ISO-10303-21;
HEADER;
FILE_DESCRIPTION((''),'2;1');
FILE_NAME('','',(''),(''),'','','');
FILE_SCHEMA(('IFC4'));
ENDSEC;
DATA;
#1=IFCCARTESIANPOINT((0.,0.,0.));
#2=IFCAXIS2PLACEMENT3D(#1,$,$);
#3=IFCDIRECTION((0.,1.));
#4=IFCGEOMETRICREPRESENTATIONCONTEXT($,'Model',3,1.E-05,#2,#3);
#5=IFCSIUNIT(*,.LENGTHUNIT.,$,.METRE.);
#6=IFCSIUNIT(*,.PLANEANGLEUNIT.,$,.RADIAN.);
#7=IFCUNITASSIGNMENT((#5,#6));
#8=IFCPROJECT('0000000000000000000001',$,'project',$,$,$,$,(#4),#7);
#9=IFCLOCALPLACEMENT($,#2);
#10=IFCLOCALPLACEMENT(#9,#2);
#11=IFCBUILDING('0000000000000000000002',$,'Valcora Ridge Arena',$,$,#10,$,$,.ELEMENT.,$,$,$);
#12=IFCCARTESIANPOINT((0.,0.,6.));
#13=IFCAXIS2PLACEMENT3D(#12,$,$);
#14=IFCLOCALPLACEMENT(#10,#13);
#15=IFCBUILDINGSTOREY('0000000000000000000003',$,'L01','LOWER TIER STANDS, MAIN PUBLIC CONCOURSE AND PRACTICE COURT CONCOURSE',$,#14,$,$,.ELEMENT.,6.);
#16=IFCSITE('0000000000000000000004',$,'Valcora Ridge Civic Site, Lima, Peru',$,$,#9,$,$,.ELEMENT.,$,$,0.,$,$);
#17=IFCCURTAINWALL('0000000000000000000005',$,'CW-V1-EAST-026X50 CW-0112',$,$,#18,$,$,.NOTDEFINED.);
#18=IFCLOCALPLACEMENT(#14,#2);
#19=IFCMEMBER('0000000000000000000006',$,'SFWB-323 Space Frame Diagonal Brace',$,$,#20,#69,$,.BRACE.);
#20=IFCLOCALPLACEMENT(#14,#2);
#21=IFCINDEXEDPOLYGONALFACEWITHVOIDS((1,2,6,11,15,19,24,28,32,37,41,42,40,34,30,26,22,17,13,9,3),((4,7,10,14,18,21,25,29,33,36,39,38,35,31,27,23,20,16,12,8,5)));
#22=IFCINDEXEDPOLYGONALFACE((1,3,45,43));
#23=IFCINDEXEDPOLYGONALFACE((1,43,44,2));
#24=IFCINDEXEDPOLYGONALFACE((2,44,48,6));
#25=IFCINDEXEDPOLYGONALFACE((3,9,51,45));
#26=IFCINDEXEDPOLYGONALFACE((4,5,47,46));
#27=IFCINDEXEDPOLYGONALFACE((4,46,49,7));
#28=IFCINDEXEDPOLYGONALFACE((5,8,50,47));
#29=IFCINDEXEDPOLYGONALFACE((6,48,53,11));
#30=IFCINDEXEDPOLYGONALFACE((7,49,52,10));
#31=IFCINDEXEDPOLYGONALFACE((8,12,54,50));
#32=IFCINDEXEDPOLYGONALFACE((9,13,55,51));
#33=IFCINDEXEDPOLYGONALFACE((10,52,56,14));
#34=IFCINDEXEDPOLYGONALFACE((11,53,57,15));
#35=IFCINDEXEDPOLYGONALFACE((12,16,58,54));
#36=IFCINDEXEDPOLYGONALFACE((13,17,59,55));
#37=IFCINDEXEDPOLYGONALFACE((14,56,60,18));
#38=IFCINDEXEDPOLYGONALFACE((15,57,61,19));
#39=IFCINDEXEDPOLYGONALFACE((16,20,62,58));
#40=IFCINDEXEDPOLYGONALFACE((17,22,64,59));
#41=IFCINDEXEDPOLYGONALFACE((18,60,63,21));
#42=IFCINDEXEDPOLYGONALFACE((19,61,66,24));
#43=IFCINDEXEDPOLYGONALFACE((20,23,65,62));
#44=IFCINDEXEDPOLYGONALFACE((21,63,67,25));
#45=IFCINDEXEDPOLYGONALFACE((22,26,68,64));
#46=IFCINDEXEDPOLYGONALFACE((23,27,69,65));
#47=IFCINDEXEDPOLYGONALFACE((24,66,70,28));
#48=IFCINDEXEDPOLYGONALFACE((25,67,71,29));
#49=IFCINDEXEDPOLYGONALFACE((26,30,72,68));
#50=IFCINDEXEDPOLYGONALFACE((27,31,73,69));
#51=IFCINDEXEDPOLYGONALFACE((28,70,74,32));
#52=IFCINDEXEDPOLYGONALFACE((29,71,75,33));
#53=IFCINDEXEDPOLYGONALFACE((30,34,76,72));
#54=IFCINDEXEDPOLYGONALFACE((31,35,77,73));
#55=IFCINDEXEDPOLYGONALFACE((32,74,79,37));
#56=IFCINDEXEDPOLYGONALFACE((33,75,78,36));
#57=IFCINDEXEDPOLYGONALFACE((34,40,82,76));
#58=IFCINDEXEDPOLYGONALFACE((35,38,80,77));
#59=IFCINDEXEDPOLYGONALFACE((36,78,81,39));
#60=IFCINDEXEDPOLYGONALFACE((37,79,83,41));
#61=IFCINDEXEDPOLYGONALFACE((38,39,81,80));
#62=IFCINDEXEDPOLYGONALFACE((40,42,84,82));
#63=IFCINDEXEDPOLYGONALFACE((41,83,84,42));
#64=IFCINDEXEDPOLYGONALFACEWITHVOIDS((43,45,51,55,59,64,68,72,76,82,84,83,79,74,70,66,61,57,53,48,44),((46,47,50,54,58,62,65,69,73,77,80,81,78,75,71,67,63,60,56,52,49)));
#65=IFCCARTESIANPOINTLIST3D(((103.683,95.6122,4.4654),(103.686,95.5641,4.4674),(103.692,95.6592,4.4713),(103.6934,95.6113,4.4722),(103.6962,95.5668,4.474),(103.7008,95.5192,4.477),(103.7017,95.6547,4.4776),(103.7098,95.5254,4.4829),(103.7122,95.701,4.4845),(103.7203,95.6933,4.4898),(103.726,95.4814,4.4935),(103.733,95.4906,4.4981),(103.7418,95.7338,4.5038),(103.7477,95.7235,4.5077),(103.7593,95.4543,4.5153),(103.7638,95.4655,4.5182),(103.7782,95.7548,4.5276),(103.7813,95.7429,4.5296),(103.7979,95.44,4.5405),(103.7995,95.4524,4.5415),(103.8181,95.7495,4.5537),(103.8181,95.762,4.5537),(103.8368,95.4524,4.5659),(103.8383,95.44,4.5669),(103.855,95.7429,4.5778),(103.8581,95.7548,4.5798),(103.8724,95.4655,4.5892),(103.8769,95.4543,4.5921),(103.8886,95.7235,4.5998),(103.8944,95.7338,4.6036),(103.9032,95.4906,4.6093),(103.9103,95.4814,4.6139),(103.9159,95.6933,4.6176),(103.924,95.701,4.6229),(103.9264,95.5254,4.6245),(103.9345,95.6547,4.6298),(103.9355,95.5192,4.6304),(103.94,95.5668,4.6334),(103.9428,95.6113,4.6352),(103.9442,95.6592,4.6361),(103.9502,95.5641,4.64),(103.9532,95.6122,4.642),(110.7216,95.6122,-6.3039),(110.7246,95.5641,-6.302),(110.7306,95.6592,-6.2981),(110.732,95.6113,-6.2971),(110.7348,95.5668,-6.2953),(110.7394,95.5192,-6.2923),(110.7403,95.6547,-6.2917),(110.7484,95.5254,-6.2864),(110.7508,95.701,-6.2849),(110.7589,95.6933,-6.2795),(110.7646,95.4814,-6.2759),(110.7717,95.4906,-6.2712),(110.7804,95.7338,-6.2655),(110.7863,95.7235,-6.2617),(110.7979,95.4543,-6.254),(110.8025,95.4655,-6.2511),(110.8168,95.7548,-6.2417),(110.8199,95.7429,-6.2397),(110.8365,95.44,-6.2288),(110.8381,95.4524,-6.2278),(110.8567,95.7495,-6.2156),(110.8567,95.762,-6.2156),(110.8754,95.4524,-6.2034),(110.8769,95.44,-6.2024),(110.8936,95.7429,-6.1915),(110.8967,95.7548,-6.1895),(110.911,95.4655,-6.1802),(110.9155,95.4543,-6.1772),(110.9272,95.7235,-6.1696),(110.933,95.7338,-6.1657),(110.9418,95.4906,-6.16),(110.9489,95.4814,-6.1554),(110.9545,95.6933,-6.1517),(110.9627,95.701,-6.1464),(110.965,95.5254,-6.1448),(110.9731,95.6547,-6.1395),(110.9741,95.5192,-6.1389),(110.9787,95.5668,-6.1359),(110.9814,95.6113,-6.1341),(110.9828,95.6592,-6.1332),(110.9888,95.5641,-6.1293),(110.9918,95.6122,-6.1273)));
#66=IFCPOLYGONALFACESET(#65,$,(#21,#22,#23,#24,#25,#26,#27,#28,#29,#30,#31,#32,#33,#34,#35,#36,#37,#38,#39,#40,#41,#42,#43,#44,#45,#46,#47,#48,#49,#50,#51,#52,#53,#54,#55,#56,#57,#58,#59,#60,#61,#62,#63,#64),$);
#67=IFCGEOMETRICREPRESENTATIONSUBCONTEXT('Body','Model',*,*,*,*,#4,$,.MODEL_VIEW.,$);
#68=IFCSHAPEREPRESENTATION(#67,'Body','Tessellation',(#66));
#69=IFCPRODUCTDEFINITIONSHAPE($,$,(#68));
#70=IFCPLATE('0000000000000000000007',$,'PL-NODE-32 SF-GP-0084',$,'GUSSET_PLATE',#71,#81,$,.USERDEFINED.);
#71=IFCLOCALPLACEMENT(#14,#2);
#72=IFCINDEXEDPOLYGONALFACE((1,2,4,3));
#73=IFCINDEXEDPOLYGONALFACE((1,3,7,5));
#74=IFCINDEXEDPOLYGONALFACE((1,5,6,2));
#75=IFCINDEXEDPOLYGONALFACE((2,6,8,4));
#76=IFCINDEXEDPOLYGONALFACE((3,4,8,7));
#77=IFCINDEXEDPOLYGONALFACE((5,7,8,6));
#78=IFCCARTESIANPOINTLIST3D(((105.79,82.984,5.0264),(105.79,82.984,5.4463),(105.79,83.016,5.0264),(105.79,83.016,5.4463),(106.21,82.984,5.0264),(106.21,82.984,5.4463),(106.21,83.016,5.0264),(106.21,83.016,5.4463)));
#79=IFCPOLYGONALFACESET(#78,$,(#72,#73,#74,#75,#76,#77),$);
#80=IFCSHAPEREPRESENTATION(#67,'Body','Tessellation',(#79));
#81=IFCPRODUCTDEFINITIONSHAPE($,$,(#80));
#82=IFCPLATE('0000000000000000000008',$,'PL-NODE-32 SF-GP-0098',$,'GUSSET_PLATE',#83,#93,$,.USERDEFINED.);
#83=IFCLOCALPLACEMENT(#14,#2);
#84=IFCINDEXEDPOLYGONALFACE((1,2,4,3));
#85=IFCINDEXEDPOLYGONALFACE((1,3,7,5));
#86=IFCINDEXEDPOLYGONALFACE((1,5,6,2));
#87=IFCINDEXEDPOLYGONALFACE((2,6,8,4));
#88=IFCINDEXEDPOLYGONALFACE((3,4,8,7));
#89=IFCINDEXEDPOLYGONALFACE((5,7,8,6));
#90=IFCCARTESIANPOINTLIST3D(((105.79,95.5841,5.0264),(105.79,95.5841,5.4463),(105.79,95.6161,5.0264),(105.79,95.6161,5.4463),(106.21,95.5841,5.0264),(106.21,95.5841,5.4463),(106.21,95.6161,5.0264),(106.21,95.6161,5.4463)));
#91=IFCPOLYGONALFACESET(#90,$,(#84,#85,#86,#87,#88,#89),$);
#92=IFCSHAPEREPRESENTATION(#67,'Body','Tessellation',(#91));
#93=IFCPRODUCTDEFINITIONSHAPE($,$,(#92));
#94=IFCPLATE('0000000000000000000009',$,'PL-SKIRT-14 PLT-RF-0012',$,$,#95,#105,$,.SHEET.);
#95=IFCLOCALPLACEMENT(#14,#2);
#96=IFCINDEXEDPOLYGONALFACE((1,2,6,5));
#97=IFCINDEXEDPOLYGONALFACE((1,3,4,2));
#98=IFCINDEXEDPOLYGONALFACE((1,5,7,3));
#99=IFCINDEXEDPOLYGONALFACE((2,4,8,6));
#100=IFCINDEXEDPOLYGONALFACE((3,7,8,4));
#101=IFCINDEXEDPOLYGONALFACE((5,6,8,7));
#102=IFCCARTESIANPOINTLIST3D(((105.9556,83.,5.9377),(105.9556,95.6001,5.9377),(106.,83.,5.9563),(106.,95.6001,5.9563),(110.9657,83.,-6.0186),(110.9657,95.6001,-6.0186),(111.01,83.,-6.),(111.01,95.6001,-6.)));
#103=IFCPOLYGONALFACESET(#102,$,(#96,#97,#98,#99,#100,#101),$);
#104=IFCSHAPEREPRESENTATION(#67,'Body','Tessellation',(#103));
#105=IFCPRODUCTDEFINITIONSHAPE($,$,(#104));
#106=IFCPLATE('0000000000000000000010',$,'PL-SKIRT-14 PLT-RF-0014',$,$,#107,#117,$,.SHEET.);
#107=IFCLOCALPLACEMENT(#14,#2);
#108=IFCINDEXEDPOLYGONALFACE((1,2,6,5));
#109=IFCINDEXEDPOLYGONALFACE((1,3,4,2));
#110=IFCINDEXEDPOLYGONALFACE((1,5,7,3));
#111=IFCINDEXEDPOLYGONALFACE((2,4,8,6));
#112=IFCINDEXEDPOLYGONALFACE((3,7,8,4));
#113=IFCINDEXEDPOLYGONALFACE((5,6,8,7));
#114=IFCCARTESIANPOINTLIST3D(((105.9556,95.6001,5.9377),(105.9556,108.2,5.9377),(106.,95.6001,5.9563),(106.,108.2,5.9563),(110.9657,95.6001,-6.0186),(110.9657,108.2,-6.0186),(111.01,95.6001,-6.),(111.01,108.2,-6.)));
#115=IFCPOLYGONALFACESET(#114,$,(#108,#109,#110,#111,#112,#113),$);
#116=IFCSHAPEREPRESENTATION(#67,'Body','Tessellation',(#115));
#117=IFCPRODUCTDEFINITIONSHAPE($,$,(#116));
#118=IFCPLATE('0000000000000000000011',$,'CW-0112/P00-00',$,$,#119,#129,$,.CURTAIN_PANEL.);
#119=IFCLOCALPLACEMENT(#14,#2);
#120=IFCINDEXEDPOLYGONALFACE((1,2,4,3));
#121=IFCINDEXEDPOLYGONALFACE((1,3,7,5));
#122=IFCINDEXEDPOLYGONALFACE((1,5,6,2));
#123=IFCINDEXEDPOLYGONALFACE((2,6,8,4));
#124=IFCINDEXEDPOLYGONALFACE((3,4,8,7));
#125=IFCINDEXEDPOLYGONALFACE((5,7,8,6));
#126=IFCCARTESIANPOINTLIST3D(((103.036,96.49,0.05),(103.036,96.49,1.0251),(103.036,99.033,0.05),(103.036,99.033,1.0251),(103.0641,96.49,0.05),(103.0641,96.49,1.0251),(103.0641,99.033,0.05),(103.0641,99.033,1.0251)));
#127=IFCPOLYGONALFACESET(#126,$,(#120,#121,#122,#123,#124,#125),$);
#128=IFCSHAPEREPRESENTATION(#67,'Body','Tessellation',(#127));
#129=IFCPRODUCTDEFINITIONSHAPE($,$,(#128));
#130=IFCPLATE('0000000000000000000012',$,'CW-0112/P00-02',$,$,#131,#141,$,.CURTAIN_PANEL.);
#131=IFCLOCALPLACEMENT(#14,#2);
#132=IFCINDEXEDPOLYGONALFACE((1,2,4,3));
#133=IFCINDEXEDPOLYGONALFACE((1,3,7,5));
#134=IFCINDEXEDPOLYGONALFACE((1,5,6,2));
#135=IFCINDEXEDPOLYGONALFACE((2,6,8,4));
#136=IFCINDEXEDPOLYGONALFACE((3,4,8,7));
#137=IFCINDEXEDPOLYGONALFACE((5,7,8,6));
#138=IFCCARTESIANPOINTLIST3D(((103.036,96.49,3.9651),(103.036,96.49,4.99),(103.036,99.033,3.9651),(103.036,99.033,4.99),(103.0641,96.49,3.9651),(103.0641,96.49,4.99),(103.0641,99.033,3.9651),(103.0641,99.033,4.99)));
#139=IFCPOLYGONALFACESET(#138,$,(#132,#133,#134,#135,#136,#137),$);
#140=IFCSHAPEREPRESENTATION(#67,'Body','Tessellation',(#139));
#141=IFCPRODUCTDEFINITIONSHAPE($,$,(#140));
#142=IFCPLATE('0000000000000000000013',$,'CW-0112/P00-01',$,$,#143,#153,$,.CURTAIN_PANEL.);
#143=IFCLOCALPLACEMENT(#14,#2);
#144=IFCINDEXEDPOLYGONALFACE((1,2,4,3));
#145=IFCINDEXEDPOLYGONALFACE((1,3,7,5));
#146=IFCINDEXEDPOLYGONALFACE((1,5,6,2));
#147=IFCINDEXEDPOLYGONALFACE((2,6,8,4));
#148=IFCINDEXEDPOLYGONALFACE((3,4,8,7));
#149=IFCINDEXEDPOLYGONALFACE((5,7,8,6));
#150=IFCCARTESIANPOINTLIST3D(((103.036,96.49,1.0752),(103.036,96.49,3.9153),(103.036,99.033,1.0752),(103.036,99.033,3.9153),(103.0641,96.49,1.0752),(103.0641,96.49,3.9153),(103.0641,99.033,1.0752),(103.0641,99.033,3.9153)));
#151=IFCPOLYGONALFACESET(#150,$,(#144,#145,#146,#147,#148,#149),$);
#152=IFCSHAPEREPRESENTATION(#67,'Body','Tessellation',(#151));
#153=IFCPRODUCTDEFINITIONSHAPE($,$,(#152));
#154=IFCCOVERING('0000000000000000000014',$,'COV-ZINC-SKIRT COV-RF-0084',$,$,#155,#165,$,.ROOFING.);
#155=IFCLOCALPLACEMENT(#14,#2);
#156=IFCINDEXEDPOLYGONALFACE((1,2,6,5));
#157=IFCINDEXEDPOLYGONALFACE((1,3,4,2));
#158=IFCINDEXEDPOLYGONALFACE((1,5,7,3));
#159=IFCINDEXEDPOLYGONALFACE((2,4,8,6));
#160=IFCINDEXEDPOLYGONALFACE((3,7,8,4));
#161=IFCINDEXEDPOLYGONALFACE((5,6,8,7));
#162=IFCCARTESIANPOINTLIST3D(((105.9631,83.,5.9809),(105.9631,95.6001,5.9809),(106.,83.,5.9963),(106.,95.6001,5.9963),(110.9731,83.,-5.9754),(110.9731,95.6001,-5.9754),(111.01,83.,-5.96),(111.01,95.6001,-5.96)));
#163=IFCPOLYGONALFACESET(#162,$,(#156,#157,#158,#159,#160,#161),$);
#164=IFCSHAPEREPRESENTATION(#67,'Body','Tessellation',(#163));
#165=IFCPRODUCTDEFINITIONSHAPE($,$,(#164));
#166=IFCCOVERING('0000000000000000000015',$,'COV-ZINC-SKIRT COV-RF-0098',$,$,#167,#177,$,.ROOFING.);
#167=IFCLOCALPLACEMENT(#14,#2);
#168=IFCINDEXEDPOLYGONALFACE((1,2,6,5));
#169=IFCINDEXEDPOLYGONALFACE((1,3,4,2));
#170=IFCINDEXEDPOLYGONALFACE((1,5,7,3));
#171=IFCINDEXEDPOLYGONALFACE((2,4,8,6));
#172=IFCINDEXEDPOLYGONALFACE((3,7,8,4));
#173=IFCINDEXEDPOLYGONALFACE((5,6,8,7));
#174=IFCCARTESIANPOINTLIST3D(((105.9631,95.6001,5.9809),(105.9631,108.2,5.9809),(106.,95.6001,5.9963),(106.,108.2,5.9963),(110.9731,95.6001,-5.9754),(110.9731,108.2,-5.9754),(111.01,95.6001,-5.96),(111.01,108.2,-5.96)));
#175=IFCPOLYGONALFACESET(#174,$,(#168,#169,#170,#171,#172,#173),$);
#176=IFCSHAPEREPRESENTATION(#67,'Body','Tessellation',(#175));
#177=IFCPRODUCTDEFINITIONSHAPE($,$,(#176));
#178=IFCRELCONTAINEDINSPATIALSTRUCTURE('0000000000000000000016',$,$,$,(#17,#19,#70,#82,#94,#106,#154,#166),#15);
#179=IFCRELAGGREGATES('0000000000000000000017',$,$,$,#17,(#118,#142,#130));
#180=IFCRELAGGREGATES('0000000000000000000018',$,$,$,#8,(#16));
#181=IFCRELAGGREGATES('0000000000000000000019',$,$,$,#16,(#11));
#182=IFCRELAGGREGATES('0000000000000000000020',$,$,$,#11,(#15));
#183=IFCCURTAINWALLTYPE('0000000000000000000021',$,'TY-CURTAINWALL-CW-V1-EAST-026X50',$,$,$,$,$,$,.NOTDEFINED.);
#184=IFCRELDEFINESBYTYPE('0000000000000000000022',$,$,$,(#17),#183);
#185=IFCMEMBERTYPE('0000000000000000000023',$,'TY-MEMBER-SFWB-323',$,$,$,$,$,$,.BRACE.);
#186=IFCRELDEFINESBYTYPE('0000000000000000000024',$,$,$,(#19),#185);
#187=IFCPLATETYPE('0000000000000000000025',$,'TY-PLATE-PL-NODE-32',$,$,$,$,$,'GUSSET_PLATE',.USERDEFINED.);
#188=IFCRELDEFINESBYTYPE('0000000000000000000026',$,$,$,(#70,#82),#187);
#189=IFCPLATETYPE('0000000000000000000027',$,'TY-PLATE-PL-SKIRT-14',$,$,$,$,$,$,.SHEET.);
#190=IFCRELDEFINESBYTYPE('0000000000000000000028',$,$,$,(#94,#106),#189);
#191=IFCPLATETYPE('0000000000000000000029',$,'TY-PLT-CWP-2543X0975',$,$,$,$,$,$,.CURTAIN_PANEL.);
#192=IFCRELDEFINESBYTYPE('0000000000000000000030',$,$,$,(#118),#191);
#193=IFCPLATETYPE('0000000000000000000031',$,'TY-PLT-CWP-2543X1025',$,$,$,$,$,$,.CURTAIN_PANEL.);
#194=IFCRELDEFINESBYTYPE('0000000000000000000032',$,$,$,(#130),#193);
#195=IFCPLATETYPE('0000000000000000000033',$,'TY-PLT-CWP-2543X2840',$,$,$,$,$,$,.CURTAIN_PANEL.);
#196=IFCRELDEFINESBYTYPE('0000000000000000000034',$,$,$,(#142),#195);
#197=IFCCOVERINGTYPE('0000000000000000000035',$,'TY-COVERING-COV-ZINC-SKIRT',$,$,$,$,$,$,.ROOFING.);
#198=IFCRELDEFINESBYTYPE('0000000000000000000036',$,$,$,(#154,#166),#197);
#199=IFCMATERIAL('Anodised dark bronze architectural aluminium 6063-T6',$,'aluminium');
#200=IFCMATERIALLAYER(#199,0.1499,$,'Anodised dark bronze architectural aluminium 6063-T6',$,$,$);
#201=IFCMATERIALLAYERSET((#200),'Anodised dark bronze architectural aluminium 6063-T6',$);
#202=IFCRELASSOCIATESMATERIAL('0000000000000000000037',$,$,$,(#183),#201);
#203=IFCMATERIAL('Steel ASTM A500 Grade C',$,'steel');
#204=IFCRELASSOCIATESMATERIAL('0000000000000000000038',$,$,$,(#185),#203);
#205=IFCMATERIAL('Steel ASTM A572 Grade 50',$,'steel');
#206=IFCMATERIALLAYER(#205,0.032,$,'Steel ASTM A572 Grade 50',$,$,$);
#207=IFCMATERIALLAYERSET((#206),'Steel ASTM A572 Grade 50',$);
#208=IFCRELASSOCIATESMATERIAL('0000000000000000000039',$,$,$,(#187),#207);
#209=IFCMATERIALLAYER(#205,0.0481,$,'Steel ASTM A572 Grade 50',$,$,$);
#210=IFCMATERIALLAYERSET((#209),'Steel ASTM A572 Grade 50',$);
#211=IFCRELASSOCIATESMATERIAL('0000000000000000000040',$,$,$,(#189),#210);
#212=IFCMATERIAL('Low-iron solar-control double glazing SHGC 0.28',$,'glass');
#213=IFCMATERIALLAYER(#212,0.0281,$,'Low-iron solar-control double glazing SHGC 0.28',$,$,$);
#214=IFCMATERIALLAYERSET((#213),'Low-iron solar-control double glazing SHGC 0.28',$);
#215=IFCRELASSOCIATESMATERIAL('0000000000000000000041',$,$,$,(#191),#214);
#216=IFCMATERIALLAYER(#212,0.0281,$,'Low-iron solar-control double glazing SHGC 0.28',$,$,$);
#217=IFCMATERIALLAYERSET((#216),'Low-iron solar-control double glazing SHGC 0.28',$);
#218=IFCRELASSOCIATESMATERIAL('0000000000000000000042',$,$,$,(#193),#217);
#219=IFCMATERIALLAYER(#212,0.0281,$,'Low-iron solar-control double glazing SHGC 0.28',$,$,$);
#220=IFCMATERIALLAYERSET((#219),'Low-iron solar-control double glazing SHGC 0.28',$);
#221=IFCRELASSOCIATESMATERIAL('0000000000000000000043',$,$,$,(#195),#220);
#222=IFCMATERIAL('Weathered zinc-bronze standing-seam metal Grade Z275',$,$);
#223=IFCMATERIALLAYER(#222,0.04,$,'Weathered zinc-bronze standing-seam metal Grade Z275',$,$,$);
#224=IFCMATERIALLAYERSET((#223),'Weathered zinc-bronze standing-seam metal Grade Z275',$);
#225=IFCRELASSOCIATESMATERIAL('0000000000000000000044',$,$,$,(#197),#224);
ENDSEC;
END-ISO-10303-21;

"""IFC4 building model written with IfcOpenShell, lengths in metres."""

from ifc_helpers import new_model, si_unit, direction, frame, origin, origin_2d, place, context, subcontext, project, spatial, polyline, rectangle, hollow_circle, outline, extrude, material, layer, layer_set, material_profile, profile_set, type_object, element, aggregate, save


model = new_model("IFC4")

# Units and contexts
model_context = context("Model", 3, precision=1e-05, world=origin(), true_north=direction((0.0, 1.0)))
body_context = subcontext(model_context, "Body", "Model", "MODEL_VIEW")
ifc_project = project(units=[si_unit("LENGTHUNIT", "METRE"), si_unit("PLANEANGLEUNIT", "RADIAN")], contexts=[model_context])

# Site, building, storey
site_placement = place(None, origin())
site = spatial("IfcSite", under=ifc_project, at=site_placement, Name="Valcora Ridge Civic Site, Lima, Peru", CompositionType="ELEMENT", RefElevation=0.0)
building_placement = place(site_placement, origin())
building = spatial("IfcBuilding", under=site, at=building_placement, Name="Valcora Ridge Arena", CompositionType="ELEMENT")
storey_placement = place(building_placement, frame((0.0, 0.0, 6.0)))
storey = spatial("IfcBuildingStorey", under=building, at=storey_placement, Name="L01", Description="LOWER TIER STANDS, MAIN PUBLIC CONCOURSE AND PRACTICE COURT CONCOURSE", CompositionType="ELEMENT", Elevation=6.0)

# Curtain wall
ifc_material_1 = material(Name="Anodised dark bronze architectural aluminium 6063-T6", Category="aluminium")
ifc_layer_1 = layer(ifc_material_1, 0.1499, Name="Anodised dark bronze architectural aluminium 6063-T6")
ifc_layer_set_1 = layer_set([ifc_layer_1], Name="Anodised dark bronze architectural aluminium 6063-T6")
curtain_wall_type = type_object("IfcCurtainWallType", Name="TY-CURTAINWALL-CW-V1-EAST-026X50", PredefinedType="NOTDEFINED", material=ifc_layer_set_1)
curtain_wall_placement = place(storey_placement, origin())
curtain_wall = element("IfcCurtainWall", 1, at=curtain_wall_placement, inside=storey, type_object=curtain_wall_type, Name="CW-V1-EAST-026X50 CW-0112", PredefinedType="NOTDEFINED")

# Member
ifc_material_2 = material(Name="Steel ASTM A500 Grade C", Category="steel")
ifc_material_profile_1 = material_profile(ifc_material_2, hollow_circle(Radius=0.1619, WallThickness=0.0125, at=origin_2d()), Name="CHS323X12")
ifc_profile_set_1 = profile_set([ifc_material_profile_1], Name="Steel ASTM A500 Grade C")
member_type_1 = type_object("IfcMemberType", Name="TY-MEMBER-SFWB-323", PredefinedType="BRACE", material=ifc_profile_set_1)
for number, where, z_axis, x_axis, name in (
    (2, (103.8181, 95.6001, 4.5537), (0.547092, 0.0, -0.837072), (0.0, 1.0, 0.0), "SFWB-323 Space Frame Diagonal Brace"),
):
    element("IfcMember", number, at=place(storey_placement, frame(where, z_axis=z_axis, x_axis=x_axis)), inside=storey, type_object=member_type_1, Name=name, PredefinedType="BRACE", context=body_context, shape_type="SweptSolid", body=[
        extrude(hollow_circle(Radius=0.1619, WallThickness=0.0125, at=origin_2d()), origin(), (0.0, 0.0, 1.0), 12.8655),
    ])

# Plates
ifc_material_3 = material(Name="Steel ASTM A572 Grade 50", Category="steel")
ifc_layer_2 = layer(ifc_material_3, 0.032, Name="Steel ASTM A572 Grade 50")
ifc_layer_set_2 = layer_set([ifc_layer_2], Name="Steel ASTM A572 Grade 50")
plate_type_1 = type_object("IfcPlateType", Name="TY-PLATE-PL-NODE-32", ElementType="GUSSET_PLATE", PredefinedType="USERDEFINED", material=ifc_layer_set_2)
for number, where, z_axis, x_axis, name in (
    (3, (106.0, 83.0, 5.0264), (0.0, 0.0, 1.0), (1.0, 0.0, 0.0), "PL-NODE-32 SF-GP-0084"),
    (4, (106.0, 95.6001, 5.0264), (0.0, 0.0, 1.0), (1.0, 0.0, 0.0), "PL-NODE-32 SF-GP-0098"),
):
    element("IfcPlate", number, at=place(storey_placement, frame(where, z_axis=z_axis, x_axis=x_axis)), inside=storey, type_object=plate_type_1, Name=name, ObjectType="GUSSET_PLATE", PredefinedType="USERDEFINED", context=body_context, shape_type="SweptSolid", body=[
        extrude(rectangle(XDim=0.4199, YDim=0.032, at=origin_2d()), origin(), (0.0, 0.0, 1.0), 0.4199),
    ])
ifc_layer_3 = layer(ifc_material_3, 0.0481, Name="Steel ASTM A572 Grade 50")
ifc_layer_set_3 = layer_set([ifc_layer_3], Name="Steel ASTM A572 Grade 50")
plate_type_2 = type_object("IfcPlateType", Name="TY-PLATE-PL-SKIRT-14", PredefinedType="SHEET", material=ifc_layer_set_3)
plate_1_placement = place(storey_placement, frame((106.0, 83.0, 5.9563), z_axis=(0.922302, 0.0, 0.386469), x_axis=(0.386469, 0.0, -0.922302)))
element("IfcPlate", 5, at=plate_1_placement, inside=storey, type_object=plate_type_2, Name="PL-SKIRT-14 PLT-RF-0012", PredefinedType="SHEET", context=body_context, shape_type="SweptSolid", body=[
    extrude(outline(polyline([(0.0, 0.0), (12.9635, 0.0), (12.9635, 12.6001), (0.0, 12.6001), (0.0, 0.0)])), origin(), (0.0, 0.0, -1.0), 0.0481),
])
plate_2_placement = place(storey_placement, frame((106.0, 95.6001, 5.9563), z_axis=(0.922302, 0.0, 0.386469), x_axis=(0.386469, 0.0, -0.922302)))
element("IfcPlate", 6, at=plate_2_placement, inside=storey, type_object=plate_type_2, Name="PL-SKIRT-14 PLT-RF-0014", PredefinedType="SHEET", context=body_context, shape_type="SweptSolid", body=[
    extrude(outline(polyline([(0.0, 0.0), (12.9635, 0.0), (12.9635, 12.5999), (0.0, 12.5999), (0.0, 0.0)])), origin(), (0.0, 0.0, -1.0), 0.0481),
])

# Plates
ifc_material_4 = material(Name="Low-iron solar-control double glazing SHGC 0.28", Category="glass")
ifc_layer_4 = layer(ifc_material_4, 0.0281, Name="Low-iron solar-control double glazing SHGC 0.28")
ifc_layer_set_4 = layer_set([ifc_layer_4], Name="Low-iron solar-control double glazing SHGC 0.28")
plate_type_3 = type_object("IfcPlateType", Name="TY-PLT-CWP-2543X0975", PredefinedType="CURTAIN_PANEL", material=ifc_layer_set_4)
plate_3_placement = place(storey_placement, frame((103.05, 97.7615, 0.05), z_axis=(0.0, 0.0, 1.0), x_axis=(0.0, 1.0, 0.0)))
plate_3 = element("IfcPlate", 7, at=plate_3_placement, type_object=plate_type_3, Name="CW-0112/P00-00", PredefinedType="CURTAIN_PANEL", context=body_context, shape_type="SweptSolid", body=[
    extrude(rectangle(XDim=2.543, YDim=0.0281, at=origin_2d()), origin(), (0.0, 0.0, 1.0), 0.9751),
])
ifc_layer_5 = layer(ifc_material_4, 0.0281, Name="Low-iron solar-control double glazing SHGC 0.28")
ifc_layer_set_5 = layer_set([ifc_layer_5], Name="Low-iron solar-control double glazing SHGC 0.28")
plate_type_4 = type_object("IfcPlateType", Name="TY-PLT-CWP-2543X1025", PredefinedType="CURTAIN_PANEL", material=ifc_layer_set_5)
plate_4_placement = place(storey_placement, frame((103.05, 97.7615, 3.9651), z_axis=(0.0, 0.0, 1.0), x_axis=(0.0, 1.0, 0.0)))
plate_4 = element("IfcPlate", 8, at=plate_4_placement, type_object=plate_type_4, Name="CW-0112/P00-02", PredefinedType="CURTAIN_PANEL", context=body_context, shape_type="SweptSolid", body=[
    extrude(rectangle(XDim=2.543, YDim=0.0281, at=origin_2d()), origin(), (0.0, 0.0, 1.0), 1.0249),
])
ifc_layer_6 = layer(ifc_material_4, 0.0281, Name="Low-iron solar-control double glazing SHGC 0.28")
ifc_layer_set_6 = layer_set([ifc_layer_6], Name="Low-iron solar-control double glazing SHGC 0.28")
plate_type_5 = type_object("IfcPlateType", Name="TY-PLT-CWP-2543X2840", PredefinedType="CURTAIN_PANEL", material=ifc_layer_set_6)
plate_5_placement = place(storey_placement, frame((103.05, 97.7615, 1.0752), z_axis=(0.0, 0.0, 1.0), x_axis=(0.0, 1.0, 0.0)))
plate_5 = element("IfcPlate", 9, at=plate_5_placement, type_object=plate_type_5, Name="CW-0112/P00-01", PredefinedType="CURTAIN_PANEL", context=body_context, shape_type="SweptSolid", body=[
    extrude(rectangle(XDim=2.543, YDim=0.0281, at=origin_2d()), origin(), (0.0, 0.0, 1.0), 2.8401),
])
aggregate(curtain_wall, [plate_3, plate_5, plate_4])

# Coverings
ifc_material_5 = material(Name="Weathered zinc-bronze standing-seam metal Grade Z275")
ifc_layer_7 = layer(ifc_material_5, 0.04, Name="Weathered zinc-bronze standing-seam metal Grade Z275")
ifc_layer_set_7 = layer_set([ifc_layer_7], Name="Weathered zinc-bronze standing-seam metal Grade Z275")
covering_type = type_object("IfcCoveringType", Name="TY-COVERING-COV-ZINC-SKIRT", PredefinedType="ROOFING", material=ifc_layer_set_7)
covering_1_placement = place(storey_placement, frame((106.0, 83.0, 5.9963), z_axis=(0.922302, 0.0, 0.386469), x_axis=(0.386469, 0.0, -0.922302)))
element("IfcCovering", 10, at=covering_1_placement, inside=storey, type_object=covering_type, Name="COV-ZINC-SKIRT COV-RF-0084", PredefinedType="ROOFING", context=body_context, shape_type="SweptSolid", body=[
    extrude(outline(polyline([(0.0, 0.0), (12.9635, 0.0), (12.9635, 12.6001), (0.0, 12.6001), (0.0, 0.0)])), origin(), (0.0, 0.0, -1.0), 0.04),
])
covering_2_placement = place(storey_placement, frame((106.0, 95.6001, 5.9963), z_axis=(0.922302, 0.0, 0.386469), x_axis=(0.386469, 0.0, -0.922302)))
element("IfcCovering", 11, at=covering_2_placement, inside=storey, type_object=covering_type, Name="COV-ZINC-SKIRT COV-RF-0098", PredefinedType="ROOFING", context=body_context, shape_type="SweptSolid", body=[
    extrude(outline(polyline([(0.0, 0.0), (12.9635, 0.0), (12.9635, 12.5999), (0.0, 12.5999), (0.0, 0.0)])), origin(), (0.0, 0.0, -1.0), 0.04),
])

save(model, "model.ifc")
